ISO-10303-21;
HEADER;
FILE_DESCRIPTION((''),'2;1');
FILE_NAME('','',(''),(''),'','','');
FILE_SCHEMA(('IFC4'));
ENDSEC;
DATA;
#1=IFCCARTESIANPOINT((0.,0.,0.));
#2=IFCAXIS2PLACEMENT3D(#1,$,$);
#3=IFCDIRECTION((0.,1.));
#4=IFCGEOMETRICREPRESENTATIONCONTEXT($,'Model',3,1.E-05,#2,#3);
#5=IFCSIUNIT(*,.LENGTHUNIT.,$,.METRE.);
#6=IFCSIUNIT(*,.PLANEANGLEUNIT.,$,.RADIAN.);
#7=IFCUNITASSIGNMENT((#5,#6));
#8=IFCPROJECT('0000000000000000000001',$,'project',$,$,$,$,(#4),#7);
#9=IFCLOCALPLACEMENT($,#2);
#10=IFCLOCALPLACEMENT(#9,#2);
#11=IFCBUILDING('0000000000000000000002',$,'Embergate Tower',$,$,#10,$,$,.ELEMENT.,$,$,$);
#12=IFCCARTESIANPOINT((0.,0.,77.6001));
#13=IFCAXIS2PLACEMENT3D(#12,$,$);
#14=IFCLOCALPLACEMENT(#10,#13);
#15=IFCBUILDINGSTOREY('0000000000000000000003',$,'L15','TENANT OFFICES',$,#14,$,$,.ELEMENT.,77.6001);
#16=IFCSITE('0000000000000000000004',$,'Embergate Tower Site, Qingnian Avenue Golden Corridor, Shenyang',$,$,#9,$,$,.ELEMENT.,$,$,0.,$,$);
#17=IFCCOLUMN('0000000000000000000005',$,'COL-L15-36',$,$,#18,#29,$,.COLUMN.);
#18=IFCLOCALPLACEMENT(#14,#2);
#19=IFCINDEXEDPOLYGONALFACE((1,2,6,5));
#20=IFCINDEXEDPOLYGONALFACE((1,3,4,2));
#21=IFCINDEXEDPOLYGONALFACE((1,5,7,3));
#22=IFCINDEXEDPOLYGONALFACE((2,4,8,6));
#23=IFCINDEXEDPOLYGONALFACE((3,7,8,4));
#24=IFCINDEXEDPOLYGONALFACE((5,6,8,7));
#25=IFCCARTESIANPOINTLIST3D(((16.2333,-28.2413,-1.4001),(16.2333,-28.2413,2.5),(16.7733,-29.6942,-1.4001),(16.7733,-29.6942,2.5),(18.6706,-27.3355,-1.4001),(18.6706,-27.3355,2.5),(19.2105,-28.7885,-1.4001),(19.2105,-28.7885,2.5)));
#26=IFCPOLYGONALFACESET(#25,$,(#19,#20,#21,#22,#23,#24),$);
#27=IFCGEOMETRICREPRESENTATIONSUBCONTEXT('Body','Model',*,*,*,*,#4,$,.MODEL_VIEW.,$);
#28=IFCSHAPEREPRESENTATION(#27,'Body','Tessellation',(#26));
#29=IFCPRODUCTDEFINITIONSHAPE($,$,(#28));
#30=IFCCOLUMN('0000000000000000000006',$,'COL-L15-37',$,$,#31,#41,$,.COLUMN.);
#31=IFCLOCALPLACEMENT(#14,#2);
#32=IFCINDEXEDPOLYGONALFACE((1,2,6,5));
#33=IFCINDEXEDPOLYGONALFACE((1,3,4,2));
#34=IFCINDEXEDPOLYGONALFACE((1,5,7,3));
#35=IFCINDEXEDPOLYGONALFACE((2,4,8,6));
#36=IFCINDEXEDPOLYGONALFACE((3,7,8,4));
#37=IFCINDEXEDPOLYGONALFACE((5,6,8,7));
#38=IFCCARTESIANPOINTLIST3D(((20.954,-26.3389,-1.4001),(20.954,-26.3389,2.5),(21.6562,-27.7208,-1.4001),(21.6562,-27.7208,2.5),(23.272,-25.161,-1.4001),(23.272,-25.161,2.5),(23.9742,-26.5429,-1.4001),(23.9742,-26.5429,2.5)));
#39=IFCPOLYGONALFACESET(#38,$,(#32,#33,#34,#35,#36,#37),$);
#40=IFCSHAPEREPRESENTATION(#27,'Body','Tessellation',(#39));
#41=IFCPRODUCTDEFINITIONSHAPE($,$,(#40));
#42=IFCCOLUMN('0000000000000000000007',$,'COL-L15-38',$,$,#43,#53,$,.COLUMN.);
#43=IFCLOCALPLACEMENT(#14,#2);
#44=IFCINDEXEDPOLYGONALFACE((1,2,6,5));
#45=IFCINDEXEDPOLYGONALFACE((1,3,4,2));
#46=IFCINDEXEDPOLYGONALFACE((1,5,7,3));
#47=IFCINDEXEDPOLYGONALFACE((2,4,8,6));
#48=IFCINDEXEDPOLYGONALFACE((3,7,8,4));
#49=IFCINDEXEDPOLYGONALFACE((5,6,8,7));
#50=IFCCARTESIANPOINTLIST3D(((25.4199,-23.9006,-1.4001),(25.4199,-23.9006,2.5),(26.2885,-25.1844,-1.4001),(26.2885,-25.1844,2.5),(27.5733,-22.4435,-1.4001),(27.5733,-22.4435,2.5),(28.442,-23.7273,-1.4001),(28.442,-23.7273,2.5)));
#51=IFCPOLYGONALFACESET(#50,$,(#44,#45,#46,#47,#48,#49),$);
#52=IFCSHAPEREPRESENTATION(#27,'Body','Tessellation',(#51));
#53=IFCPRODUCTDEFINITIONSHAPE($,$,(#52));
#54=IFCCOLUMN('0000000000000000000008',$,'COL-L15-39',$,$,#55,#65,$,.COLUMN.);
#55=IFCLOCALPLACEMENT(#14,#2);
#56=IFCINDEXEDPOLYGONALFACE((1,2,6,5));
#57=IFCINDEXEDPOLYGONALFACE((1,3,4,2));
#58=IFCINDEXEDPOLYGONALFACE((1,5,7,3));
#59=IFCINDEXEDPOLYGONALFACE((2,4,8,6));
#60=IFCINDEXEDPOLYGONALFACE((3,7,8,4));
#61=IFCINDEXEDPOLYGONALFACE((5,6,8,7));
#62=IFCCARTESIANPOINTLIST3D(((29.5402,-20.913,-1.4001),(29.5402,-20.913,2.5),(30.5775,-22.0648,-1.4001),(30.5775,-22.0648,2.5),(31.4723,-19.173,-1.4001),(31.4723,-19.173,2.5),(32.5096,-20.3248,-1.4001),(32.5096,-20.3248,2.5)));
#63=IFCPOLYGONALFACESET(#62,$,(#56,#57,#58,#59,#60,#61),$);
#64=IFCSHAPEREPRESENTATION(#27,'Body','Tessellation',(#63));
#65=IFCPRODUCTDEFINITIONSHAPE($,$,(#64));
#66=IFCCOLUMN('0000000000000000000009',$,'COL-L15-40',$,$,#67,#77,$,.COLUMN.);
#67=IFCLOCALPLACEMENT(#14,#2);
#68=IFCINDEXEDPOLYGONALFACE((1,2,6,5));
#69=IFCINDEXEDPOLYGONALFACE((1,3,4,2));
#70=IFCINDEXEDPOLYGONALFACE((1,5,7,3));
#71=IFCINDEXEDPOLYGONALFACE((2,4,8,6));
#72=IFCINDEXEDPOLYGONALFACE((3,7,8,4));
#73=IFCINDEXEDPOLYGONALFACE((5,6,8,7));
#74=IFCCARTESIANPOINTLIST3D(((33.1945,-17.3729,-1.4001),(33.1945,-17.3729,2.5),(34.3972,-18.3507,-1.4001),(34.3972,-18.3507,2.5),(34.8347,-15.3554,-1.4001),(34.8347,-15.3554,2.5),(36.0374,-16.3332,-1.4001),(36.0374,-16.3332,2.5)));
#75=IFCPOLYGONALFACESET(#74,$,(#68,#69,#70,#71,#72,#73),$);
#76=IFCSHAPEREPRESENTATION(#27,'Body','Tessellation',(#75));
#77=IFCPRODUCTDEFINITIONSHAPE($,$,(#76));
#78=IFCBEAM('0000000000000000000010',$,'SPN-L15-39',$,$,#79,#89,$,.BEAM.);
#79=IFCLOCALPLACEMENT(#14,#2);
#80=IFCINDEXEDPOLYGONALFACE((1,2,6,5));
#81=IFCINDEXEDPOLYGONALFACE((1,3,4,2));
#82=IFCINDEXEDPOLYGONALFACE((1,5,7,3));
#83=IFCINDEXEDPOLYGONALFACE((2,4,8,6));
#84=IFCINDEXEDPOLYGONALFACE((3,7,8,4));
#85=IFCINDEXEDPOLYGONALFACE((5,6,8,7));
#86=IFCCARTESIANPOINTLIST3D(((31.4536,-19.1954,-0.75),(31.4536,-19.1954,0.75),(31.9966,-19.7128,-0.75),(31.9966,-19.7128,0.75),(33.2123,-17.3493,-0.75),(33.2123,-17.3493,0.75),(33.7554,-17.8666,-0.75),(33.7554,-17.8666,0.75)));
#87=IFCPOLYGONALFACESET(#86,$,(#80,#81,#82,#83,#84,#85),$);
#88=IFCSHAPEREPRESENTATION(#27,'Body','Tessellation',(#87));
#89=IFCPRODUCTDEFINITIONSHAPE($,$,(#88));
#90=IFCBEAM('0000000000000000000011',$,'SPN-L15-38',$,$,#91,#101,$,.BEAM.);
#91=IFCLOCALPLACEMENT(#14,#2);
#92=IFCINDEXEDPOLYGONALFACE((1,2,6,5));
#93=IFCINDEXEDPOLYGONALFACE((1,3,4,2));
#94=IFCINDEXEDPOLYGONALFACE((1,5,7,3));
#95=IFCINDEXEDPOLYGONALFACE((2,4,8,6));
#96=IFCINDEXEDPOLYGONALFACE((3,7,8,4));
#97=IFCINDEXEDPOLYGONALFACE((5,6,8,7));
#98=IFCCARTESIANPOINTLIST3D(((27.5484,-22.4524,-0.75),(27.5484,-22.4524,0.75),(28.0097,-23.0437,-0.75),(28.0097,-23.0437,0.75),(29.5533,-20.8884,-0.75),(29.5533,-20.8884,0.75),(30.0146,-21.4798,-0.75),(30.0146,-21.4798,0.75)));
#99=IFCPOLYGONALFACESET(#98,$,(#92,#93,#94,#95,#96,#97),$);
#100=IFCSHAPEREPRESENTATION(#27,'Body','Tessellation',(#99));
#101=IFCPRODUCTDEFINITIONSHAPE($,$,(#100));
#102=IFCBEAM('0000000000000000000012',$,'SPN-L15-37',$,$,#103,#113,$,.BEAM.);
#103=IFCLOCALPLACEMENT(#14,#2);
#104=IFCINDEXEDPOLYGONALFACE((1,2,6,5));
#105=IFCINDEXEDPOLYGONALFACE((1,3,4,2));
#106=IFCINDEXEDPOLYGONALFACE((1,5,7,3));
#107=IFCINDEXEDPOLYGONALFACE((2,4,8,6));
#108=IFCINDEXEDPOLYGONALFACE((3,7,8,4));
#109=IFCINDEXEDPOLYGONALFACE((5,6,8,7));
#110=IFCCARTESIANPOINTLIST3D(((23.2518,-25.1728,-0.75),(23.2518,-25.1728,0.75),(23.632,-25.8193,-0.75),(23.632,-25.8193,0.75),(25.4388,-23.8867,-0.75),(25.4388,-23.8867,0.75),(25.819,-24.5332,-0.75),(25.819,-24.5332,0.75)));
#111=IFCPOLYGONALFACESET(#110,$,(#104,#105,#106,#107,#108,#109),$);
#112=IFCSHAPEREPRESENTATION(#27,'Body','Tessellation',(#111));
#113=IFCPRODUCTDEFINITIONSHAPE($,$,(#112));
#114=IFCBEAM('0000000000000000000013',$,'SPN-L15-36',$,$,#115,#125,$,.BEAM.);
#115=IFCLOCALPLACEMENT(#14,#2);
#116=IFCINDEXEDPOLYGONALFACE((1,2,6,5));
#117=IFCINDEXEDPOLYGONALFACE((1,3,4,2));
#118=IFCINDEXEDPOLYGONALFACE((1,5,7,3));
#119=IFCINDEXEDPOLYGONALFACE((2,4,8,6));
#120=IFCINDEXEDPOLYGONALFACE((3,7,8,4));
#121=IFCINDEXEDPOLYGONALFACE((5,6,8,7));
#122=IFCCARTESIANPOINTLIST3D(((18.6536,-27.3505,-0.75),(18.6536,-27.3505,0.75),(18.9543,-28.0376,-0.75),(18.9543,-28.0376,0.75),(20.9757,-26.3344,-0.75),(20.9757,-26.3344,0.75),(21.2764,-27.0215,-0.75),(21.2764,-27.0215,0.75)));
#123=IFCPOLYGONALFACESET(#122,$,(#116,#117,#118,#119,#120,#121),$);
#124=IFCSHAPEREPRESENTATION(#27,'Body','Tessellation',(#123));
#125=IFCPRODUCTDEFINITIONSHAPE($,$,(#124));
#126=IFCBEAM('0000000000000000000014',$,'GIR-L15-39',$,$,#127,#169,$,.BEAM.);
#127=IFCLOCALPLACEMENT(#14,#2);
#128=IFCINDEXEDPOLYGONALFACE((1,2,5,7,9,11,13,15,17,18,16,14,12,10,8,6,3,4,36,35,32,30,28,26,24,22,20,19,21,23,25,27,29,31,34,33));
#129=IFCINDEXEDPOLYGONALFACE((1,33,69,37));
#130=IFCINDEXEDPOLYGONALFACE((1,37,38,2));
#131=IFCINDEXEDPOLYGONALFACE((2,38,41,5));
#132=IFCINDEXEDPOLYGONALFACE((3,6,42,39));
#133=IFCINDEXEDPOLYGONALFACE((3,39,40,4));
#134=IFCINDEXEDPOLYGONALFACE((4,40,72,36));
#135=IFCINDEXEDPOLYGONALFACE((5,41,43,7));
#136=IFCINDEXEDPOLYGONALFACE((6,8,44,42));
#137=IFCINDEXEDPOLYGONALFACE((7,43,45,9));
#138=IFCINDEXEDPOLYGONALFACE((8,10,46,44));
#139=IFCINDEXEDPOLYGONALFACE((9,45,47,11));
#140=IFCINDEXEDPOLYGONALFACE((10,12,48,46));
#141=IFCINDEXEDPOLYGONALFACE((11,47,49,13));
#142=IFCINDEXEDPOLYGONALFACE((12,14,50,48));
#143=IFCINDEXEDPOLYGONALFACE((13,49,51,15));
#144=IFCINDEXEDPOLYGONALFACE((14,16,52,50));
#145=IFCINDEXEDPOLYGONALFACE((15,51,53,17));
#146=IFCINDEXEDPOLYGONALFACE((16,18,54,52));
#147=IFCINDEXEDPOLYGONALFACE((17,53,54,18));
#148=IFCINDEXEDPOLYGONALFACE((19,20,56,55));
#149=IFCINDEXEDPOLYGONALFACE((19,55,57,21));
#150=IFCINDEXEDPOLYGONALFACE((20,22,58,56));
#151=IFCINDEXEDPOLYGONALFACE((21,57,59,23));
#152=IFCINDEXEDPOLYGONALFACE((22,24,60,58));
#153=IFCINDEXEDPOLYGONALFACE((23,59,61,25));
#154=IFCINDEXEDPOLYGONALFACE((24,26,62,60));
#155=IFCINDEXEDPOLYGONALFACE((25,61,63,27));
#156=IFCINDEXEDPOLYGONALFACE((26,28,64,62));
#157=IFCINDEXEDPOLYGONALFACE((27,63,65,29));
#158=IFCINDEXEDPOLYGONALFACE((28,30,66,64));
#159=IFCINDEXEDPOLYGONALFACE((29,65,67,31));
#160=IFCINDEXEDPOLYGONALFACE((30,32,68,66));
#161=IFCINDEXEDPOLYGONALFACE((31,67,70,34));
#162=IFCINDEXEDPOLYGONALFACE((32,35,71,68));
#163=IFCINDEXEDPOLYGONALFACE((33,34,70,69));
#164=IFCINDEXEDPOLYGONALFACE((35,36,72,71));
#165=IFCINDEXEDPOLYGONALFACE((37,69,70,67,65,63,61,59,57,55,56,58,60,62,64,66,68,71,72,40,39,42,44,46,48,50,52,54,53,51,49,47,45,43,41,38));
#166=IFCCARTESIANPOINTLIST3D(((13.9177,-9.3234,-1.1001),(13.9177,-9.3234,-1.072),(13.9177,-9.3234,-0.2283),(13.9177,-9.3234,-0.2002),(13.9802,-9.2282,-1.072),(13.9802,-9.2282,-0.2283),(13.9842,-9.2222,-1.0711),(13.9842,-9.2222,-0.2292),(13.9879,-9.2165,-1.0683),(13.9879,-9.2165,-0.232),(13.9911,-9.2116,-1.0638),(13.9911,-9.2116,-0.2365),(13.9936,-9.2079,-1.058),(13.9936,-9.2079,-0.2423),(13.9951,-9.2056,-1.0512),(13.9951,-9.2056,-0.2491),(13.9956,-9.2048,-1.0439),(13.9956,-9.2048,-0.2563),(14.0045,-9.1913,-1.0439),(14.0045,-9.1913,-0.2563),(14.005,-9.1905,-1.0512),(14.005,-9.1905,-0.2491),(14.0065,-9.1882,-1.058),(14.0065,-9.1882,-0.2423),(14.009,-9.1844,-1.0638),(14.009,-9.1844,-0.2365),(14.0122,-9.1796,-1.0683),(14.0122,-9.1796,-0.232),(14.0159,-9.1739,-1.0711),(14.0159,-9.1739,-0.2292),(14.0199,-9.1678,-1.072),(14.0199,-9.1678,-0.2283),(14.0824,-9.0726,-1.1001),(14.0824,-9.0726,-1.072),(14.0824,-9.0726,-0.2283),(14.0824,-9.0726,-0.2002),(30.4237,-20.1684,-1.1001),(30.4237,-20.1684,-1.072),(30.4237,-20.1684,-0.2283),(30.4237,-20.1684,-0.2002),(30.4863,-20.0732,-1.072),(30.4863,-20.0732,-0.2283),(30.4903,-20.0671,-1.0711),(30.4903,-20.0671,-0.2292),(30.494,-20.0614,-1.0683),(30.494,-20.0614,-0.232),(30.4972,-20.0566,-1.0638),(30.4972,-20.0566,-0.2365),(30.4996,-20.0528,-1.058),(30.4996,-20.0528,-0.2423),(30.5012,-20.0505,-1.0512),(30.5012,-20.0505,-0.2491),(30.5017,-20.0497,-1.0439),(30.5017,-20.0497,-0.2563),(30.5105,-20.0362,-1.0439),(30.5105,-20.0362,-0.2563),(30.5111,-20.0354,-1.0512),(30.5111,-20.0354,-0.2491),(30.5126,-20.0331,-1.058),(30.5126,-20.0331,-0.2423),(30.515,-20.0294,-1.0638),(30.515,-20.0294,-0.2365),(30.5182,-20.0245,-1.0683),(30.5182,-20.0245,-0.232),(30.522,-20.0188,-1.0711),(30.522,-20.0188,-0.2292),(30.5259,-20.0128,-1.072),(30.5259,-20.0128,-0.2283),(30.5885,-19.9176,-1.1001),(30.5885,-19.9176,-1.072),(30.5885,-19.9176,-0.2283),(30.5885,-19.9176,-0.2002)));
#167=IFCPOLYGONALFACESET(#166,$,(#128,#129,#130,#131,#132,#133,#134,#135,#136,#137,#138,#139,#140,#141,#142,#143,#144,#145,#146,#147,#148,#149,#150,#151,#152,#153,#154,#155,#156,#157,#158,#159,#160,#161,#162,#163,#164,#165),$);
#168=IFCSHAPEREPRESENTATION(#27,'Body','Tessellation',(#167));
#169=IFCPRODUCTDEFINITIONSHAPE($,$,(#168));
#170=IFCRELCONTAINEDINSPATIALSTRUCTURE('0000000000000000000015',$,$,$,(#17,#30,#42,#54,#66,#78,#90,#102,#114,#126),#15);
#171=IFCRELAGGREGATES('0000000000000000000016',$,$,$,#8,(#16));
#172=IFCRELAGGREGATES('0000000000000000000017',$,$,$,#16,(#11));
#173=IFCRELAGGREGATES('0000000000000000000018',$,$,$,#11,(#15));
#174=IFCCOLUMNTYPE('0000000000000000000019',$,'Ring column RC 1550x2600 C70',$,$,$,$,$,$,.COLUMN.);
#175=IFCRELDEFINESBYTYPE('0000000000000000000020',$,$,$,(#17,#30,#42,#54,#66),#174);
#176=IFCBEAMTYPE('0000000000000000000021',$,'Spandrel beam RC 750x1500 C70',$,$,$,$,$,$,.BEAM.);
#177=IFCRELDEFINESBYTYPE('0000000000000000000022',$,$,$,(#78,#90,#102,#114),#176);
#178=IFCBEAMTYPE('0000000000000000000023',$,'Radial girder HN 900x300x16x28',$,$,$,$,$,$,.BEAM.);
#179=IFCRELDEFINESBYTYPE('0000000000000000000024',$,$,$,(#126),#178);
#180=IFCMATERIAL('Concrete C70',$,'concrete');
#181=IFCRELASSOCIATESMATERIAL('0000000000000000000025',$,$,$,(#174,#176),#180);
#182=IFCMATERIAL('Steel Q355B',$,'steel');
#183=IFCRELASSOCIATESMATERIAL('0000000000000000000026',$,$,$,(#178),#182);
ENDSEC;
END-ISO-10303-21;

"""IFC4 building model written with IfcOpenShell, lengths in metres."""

from ifc_helpers import new_model, si_unit, direction, frame, origin, origin_2d, place, context, subcontext, project, spatial, rectangle, i_section, extrude, source, transform, mapped, material, material_profile, profile_set, type_object, element, save


model = new_model("IFC4")

# Units and contexts
model_context = context("Model", 3, precision=1e-05, world=origin(), true_north=direction((0.0, 1.0)))
body_context = subcontext(model_context, "Body", "Model", "MODEL_VIEW")
ifc_project = project(units=[si_unit("LENGTHUNIT", "METRE"), si_unit("PLANEANGLEUNIT", "RADIAN")], contexts=[model_context])

# Site, building, storey
site_placement = place(None, origin())
site = spatial("IfcSite", under=ifc_project, at=site_placement, Name="Embergate Tower Site, Qingnian Avenue Golden Corridor, Shenyang", CompositionType="ELEMENT", RefElevation=0.0)
building_placement = place(site_placement, origin())
building = spatial("IfcBuilding", under=site, at=building_placement, Name="Embergate Tower", CompositionType="ELEMENT")
storey_placement = place(building_placement, frame((0.0, 0.0, 77.6001)))
storey = spatial("IfcBuildingStorey", under=building, at=storey_placement, Name="L15", Description="TENANT OFFICES", CompositionType="ELEMENT", Elevation=77.6001)

# Columns
ifc_material_1 = material(Name="Concrete C70", Category="concrete")
ifc_material_profile_1 = material_profile(ifc_material_1, rectangle(XDim=1.55, YDim=2.6001, at=origin_2d()), Name="RC 1550x2600")
ifc_profile_set_1 = profile_set([ifc_material_profile_1], Name="Concrete C70")
column_type = type_object("IfcColumnType", Name="Ring column RC 1550x2600 C70", PredefinedType="COLUMN", material=ifc_profile_set_1)
shared_shape_1 = source(origin(), body_context, "Body", "SweptSolid", [
    extrude(rectangle(XDim=1.55, YDim=2.6001, at=origin_2d()), origin(), (0.0, 0.0, 1.0), 3.9001),
])
for number, where, z_axis, x_axis, name in (
    (1, (17.7219, -28.5149, -1.4001), (0.0, 0.0, 1.0), (0.348343, -0.937367, 0.0), "COL-L15-36"),
    (2, (22.4641, -26.4409, -1.4001), (0.0, 0.0, 1.0), (0.453011, -0.891505, 0.0), "COL-L15-37"),
    (3, (26.9309, -23.814, -1.4001), (0.0, 0.0, 1.0), (0.560393, -0.828227, 0.0), "COL-L15-38"),
    (4, (31.0249, -20.6189, -1.4001), (0.0, 0.0, 1.0), (0.669208, -0.743075, 0.0), "COL-L15-39"),
    (5, (34.616, -16.853, -1.4001), (0.0, 0.0, 1.0), (0.775925, -0.630825, 0.0), "COL-L15-40"),
):
    element("IfcColumn", number, at=place(storey_placement, frame(where, z_axis=z_axis, x_axis=x_axis)), inside=storey, type_object=column_type, Name=name, PredefinedType="COLUMN", context=body_context, shape_type="MappedRepresentation", body=[
        mapped(shared_shape_1, transform((0.0, 0.0, 0.0))),
    ])

# Beams
ifc_material_profile_2 = material_profile(ifc_material_1, rectangle(XDim=0.75, YDim=1.5, at=origin_2d()), Name="RC 750x1500")
ifc_profile_set_2 = profile_set([ifc_material_profile_2], Name="Concrete C70")
beam_type_1 = type_object("IfcBeamType", Name="Spandrel beam RC 750x1500 C70", PredefinedType="BEAM", material=ifc_profile_set_2)
shared_shape_2 = source(origin(), body_context, "Body", "SweptSolid", [
    extrude(rectangle(XDim=0.75, YDim=1.5, at=origin_2d()), origin(), (0.0, 0.0, 1.0), 2.5498),
])
beam_1_placement = place(storey_placement, frame((31.7251, -19.4541, 0.0), z_axis=(0.68976, 0.724038, 0.0), x_axis=(-0.724038, 0.68976, 0.0)))
element("IfcBeam", 6, at=beam_1_placement, inside=storey, type_object=beam_type_1, Name="SPN-L15-39", PredefinedType="BEAM", context=body_context, shape_type="MappedRepresentation", body=[
    mapped(shared_shape_2, transform((0.0, 0.0, 0.0))),
])
shared_shape_3 = source(origin(), body_context, "Body", "SweptSolid", [
    extrude(rectangle(XDim=0.75, YDim=1.5, at=origin_2d()), origin(), (0.0, 0.0, 1.0), 2.5427),
])
beam_2_placement = place(storey_placement, frame((27.7791, -22.748, 0.0), z_axis=(0.788473, 0.61507, 0.0), x_axis=(-0.61507, 0.788473, 0.0)))
element("IfcBeam", 7, at=beam_2_placement, inside=storey, type_object=beam_type_1, Name="SPN-L15-38", PredefinedType="BEAM", context=body_context, shape_type="MappedRepresentation", body=[
    mapped(shared_shape_3, transform((0.0, 0.0, 0.0))),
])
shared_shape_4 = source(origin(), body_context, "Body", "SweptSolid", [
    extrude(rectangle(XDim=0.75, YDim=1.5, at=origin_2d()), origin(), (0.0, 0.0, 1.0), 2.5371),
])
beam_3_placement = place(storey_placement, frame((23.4419, -25.4961, 0.0), z_axis=(0.861994, 0.506919, 0.0), x_axis=(-0.506919, 0.861994, 0.0)))
element("IfcBeam", 8, at=beam_3_placement, inside=storey, type_object=beam_type_1, Name="SPN-L15-37", PredefinedType="BEAM", context=body_context, shape_type="MappedRepresentation", body=[
    mapped(shared_shape_4, transform((0.0, 0.0, 0.0))),
])
shared_shape_5 = source(origin(), body_context, "Body", "SweptSolid", [
    extrude(rectangle(XDim=0.75, YDim=1.5, at=origin_2d()), origin(), (0.0, 0.0, 1.0), 2.5347),
])
beam_4_placement = place(storey_placement, frame((18.804, -27.6941, 0.0), z_axis=(0.916124, 0.400895, 0.0), x_axis=(-0.400895, 0.916124, 0.0)))
element("IfcBeam", 9, at=beam_4_placement, inside=storey, type_object=beam_type_1, Name="SPN-L15-36", PredefinedType="BEAM", context=body_context, shape_type="MappedRepresentation", body=[
    mapped(shared_shape_5, transform((0.0, 0.0, 0.0))),
])
ifc_material_2 = material(Name="Steel Q355B", Category="steel")
ifc_material_profile_3 = material_profile(ifc_material_2, i_section(OverallWidth=0.3, OverallDepth=0.8999, WebThickness=0.0161, FlangeThickness=0.0281, FilletRadius=0.0281, at=origin_2d()), Name="HN 900x300x16x28")
ifc_profile_set_3 = profile_set([ifc_material_profile_3], Name="Steel Q355 grade B")
beam_type_2 = type_object("IfcBeamType", Name="Radial girder HN 900x300x16x28", PredefinedType="BEAM", material=ifc_profile_set_3)
shared_shape_6 = source(origin(), body_context, "Body", "SweptSolid", [
    extrude(i_section(OverallWidth=0.3, OverallDepth=0.8999, WebThickness=0.0161, FlangeThickness=0.0281, FilletRadius=0.0281, at=origin_2d()), origin(), (0.0, 0.0, 1.0), 19.75),
])
beam_5_placement = place(storey_placement, frame((30.5061, -20.043, -0.6501), z_axis=(-0.83575, 0.549111, 0.0), x_axis=(-0.549111, -0.83575, 0.0)))
element("IfcBeam", 10, at=beam_5_placement, inside=storey, type_object=beam_type_2, Name="GIR-L15-39", PredefinedType="BEAM", context=body_context, shape_type="MappedRepresentation", body=[
    mapped(shared_shape_6, transform((0.0, 0.0, 0.0))),
])

save(model, "model.ifc")
